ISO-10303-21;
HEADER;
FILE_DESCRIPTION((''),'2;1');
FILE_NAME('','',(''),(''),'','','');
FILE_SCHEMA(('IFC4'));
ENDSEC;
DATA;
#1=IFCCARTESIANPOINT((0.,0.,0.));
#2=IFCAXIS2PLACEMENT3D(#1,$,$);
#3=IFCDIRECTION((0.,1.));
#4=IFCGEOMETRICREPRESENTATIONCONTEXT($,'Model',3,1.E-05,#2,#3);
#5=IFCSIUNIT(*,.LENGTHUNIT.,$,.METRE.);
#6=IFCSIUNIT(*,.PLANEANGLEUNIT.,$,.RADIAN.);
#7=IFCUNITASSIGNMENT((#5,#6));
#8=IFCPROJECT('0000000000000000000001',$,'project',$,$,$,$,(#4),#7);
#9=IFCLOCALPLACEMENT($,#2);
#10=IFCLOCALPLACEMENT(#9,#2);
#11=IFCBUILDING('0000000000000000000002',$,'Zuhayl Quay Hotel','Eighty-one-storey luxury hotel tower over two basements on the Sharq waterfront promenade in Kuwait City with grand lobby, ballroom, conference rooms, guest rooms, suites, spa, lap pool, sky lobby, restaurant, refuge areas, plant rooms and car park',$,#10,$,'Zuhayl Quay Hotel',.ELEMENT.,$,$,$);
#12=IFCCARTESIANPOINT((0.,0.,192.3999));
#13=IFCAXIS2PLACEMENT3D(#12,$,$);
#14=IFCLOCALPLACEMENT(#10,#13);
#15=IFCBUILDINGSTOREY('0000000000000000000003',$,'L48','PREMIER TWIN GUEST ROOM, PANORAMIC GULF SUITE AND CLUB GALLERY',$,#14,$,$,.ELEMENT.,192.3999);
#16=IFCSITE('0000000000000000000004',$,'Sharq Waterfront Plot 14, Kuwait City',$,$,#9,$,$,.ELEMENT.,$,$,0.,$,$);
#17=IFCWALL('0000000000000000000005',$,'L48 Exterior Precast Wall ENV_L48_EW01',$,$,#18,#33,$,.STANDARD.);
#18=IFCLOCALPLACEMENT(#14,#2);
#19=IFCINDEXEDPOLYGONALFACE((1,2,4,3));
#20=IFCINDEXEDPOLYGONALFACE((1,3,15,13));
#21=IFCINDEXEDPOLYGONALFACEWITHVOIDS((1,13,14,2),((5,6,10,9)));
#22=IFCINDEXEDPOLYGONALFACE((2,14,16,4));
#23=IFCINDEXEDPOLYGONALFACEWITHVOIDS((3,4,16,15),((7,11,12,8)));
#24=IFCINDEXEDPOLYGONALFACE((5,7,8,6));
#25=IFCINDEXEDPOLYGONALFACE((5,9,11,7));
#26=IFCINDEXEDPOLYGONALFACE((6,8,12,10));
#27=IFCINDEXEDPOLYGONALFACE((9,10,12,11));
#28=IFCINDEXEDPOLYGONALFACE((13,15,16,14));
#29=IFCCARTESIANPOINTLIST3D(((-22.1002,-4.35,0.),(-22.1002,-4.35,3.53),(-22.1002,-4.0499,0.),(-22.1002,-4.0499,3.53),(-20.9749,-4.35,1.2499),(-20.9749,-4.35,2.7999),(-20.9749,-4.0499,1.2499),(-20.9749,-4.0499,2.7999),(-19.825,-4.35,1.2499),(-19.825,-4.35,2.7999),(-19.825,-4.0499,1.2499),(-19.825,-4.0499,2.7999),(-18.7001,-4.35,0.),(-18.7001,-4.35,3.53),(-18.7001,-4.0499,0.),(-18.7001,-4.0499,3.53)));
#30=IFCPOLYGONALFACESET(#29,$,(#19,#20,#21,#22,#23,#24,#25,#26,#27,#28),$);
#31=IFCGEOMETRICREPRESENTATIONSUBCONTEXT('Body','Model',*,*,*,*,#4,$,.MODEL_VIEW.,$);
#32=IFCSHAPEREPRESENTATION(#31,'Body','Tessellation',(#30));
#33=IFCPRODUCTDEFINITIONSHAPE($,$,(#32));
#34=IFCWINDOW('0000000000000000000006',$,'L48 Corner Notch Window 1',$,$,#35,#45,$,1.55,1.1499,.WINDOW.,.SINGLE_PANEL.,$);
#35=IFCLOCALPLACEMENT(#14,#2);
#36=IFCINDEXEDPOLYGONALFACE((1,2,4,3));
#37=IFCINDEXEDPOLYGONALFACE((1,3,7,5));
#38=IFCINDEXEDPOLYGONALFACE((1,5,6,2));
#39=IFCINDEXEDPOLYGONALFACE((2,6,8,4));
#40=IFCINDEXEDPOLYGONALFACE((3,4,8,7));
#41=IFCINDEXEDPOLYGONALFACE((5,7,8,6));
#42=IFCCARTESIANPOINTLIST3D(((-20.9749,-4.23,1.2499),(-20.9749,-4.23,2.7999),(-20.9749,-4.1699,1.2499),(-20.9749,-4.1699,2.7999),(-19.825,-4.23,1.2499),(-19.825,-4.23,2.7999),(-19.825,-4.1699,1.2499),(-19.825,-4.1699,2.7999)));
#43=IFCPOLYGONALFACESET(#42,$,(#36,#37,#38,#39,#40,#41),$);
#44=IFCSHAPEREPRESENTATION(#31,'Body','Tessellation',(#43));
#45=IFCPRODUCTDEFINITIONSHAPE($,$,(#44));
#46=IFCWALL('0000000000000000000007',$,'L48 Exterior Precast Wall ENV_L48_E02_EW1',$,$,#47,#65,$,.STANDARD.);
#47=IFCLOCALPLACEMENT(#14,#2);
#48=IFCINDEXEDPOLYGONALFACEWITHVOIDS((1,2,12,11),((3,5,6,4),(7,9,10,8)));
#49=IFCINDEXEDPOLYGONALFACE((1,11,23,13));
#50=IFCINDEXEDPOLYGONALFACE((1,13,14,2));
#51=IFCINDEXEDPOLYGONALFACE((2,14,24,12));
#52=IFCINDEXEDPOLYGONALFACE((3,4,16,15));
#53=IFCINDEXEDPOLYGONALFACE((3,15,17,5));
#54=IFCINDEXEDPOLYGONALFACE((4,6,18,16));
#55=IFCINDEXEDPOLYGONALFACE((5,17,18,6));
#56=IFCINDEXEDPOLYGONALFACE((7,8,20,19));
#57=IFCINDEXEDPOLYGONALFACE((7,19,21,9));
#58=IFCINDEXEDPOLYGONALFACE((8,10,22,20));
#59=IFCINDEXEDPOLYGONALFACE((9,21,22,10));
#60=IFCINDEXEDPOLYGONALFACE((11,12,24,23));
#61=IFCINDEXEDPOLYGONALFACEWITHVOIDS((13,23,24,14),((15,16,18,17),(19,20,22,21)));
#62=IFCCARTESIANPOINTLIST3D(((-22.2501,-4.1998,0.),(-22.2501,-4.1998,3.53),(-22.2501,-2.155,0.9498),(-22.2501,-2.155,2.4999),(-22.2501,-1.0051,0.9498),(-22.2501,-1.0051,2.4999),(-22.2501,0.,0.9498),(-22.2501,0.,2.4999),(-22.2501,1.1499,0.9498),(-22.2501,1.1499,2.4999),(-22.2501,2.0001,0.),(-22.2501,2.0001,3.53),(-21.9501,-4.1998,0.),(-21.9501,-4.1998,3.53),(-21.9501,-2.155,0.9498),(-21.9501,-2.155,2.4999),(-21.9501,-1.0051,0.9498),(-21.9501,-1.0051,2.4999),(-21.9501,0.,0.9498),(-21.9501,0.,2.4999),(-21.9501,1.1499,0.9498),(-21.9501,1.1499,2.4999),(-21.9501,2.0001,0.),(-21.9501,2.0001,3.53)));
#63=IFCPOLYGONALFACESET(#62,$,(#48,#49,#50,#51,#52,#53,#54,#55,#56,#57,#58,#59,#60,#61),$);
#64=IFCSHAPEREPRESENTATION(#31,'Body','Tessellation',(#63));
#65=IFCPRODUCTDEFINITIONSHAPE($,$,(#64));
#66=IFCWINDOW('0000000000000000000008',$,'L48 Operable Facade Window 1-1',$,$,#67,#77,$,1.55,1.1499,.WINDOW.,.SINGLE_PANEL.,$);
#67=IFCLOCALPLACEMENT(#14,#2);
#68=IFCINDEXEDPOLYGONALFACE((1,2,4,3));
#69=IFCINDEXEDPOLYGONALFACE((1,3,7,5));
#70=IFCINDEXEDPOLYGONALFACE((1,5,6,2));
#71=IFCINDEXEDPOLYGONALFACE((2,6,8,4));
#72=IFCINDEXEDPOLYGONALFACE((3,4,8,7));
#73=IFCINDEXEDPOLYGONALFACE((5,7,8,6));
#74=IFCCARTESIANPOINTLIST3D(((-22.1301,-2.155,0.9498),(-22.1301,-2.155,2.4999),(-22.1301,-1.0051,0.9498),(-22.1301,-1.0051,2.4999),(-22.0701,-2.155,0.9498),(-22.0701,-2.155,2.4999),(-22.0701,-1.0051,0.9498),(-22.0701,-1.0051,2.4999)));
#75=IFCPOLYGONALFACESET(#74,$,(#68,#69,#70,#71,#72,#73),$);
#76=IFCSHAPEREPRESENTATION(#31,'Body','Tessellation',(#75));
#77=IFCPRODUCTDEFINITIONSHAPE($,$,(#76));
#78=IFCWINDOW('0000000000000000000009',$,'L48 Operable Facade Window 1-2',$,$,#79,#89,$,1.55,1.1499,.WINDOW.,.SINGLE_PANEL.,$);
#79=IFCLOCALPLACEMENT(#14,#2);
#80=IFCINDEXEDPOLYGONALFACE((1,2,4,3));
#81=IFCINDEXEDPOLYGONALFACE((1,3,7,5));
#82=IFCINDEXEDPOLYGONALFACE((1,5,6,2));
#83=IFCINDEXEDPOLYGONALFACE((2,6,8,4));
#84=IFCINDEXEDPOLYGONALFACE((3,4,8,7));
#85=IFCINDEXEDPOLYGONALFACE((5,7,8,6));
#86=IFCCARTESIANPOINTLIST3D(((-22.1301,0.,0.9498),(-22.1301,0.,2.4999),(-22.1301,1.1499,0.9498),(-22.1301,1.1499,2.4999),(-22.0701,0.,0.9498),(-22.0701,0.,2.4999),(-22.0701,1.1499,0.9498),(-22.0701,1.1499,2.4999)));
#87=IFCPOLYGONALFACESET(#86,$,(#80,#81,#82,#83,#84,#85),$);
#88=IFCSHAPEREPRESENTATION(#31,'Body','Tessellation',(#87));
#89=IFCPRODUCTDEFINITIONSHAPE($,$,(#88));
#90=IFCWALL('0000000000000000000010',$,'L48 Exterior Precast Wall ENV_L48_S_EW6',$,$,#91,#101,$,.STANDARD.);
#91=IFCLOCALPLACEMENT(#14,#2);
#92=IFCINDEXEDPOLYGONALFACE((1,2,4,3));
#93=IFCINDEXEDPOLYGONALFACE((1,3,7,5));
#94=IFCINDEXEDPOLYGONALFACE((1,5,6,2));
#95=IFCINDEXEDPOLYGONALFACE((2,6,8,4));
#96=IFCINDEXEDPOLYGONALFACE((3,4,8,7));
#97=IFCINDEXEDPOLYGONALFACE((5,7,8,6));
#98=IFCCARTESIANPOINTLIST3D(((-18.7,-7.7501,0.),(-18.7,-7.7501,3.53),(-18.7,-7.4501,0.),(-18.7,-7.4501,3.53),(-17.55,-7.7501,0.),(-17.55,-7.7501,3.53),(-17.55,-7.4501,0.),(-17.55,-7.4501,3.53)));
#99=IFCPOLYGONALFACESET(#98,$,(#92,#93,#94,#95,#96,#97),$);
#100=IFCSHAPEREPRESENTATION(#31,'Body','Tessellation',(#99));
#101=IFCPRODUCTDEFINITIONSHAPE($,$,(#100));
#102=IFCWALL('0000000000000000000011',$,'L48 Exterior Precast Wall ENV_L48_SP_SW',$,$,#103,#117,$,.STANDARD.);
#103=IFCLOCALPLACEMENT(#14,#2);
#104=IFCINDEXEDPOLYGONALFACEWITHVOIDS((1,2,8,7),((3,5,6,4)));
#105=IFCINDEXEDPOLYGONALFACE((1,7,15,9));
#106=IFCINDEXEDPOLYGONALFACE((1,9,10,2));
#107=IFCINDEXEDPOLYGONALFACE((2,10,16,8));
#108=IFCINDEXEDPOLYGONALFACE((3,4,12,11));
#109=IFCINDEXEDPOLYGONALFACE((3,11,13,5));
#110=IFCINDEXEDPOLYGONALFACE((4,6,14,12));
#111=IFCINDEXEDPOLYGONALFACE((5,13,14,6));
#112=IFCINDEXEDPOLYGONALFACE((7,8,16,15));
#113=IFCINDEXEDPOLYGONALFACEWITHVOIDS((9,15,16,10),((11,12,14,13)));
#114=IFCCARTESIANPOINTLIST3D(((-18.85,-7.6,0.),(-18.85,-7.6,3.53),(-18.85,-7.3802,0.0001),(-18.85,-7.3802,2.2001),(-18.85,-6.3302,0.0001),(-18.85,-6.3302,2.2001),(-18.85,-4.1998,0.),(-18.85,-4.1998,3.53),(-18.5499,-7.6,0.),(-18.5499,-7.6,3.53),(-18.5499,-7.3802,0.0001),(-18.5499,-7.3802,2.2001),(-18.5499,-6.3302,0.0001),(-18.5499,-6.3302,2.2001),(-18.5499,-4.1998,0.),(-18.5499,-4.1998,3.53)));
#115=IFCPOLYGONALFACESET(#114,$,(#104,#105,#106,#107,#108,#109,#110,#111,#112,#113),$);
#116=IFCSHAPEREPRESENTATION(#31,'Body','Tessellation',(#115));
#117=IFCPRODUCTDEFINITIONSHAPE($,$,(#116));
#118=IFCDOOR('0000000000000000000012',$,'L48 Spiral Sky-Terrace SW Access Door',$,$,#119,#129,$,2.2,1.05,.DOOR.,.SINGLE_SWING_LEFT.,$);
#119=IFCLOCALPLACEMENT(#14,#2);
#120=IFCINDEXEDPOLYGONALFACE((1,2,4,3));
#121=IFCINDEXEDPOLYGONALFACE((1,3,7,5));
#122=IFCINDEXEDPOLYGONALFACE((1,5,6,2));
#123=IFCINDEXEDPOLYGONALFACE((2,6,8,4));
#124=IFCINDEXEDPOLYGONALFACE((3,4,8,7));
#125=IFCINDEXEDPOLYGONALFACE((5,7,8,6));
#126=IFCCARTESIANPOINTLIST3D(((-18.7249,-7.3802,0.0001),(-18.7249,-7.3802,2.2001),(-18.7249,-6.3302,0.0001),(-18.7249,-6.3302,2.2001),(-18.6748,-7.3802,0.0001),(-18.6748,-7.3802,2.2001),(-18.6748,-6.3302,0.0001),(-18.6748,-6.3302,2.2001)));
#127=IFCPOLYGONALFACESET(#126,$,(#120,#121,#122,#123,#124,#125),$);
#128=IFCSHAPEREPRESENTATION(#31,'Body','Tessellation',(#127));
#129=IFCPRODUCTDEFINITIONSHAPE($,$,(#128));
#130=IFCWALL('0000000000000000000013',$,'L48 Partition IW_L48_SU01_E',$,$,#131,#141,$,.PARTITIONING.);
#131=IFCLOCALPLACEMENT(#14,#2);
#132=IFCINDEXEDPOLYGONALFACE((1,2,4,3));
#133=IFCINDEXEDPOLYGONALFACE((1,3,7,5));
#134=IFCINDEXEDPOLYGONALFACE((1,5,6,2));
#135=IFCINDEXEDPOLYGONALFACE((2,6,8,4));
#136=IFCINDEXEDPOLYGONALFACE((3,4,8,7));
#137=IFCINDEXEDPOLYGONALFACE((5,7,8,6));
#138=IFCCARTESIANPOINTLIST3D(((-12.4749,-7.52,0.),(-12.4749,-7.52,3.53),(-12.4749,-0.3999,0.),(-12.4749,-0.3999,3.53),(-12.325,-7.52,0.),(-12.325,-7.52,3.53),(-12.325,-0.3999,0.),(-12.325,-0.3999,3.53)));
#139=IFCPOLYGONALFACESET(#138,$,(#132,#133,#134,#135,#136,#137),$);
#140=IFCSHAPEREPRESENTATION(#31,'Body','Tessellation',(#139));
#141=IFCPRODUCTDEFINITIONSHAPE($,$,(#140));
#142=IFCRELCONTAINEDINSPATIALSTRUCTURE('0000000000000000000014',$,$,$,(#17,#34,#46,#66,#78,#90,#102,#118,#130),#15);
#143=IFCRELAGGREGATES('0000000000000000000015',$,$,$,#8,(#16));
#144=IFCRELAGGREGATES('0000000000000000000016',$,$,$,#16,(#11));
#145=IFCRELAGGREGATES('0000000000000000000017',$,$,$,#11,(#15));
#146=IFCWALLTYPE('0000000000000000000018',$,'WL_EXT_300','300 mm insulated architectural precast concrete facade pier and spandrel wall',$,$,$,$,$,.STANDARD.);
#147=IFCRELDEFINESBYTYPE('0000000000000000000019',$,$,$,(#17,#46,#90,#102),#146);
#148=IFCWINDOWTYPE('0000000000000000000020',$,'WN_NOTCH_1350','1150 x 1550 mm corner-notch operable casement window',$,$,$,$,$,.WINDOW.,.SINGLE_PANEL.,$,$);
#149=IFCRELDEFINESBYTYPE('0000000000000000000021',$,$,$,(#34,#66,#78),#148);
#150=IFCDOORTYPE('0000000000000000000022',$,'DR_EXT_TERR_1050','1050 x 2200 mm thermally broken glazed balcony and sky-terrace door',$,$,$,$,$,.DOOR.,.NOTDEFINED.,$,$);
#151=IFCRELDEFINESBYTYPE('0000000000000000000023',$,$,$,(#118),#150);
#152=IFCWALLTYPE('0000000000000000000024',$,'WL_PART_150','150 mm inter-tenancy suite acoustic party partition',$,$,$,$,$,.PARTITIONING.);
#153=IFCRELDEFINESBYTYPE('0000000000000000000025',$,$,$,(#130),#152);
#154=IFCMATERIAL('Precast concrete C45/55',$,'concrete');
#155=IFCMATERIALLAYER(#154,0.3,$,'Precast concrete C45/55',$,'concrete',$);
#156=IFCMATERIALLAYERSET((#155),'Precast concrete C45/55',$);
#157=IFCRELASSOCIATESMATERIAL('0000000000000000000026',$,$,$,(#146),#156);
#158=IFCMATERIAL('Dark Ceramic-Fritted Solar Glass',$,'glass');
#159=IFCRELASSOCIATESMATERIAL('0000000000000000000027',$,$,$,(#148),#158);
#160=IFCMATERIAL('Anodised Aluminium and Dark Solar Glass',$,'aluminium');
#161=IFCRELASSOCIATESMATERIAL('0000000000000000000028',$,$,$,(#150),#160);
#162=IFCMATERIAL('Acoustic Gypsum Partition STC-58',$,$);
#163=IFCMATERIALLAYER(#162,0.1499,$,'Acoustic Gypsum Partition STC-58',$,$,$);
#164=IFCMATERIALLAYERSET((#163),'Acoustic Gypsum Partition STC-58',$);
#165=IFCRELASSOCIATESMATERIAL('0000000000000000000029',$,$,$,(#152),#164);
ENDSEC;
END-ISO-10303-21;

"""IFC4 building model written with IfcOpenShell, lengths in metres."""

from ifc_helpers import new_model, si_unit, direction, frame, frame_2d, origin, place, context, subcontext, project, spatial, rectangle, extrude, material, layer, layer_set, type_object, element, fill, save


model = new_model("IFC4")

# Units and contexts
model_context = context("Model", 3, precision=1e-05, world=origin(), true_north=direction((0.0, 1.0)))
body_context = subcontext(model_context, "Body", "Model", "MODEL_VIEW")
ifc_project = project(units=[si_unit("LENGTHUNIT", "METRE"), si_unit("PLANEANGLEUNIT", "RADIAN")], contexts=[model_context])

# Site, building, storey
site_placement = place(None, origin())
site = spatial("IfcSite", under=ifc_project, at=site_placement, Name="Sharq Waterfront Plot 14, Kuwait City", CompositionType="ELEMENT", RefElevation=0.0)
building_placement = place(site_placement, origin())
building = spatial("IfcBuilding", under=site, at=building_placement, Name="Zuhayl Quay Hotel", Description="Eighty-one-storey luxury hotel tower over two basements on the Sharq waterfront promenade in Kuwait City with grand lobby, ballroom, conference rooms, guest rooms, suites, spa, lap pool, sky lobby, restaurant, refuge areas, plant rooms and car park", LongName="Zuhayl Quay Hotel", CompositionType="ELEMENT")
storey_placement = place(building_placement, frame((0.0, 0.0, 192.3999)))
storey = spatial("IfcBuildingStorey", under=building, at=storey_placement, Name="L48", Description="PREMIER TWIN GUEST ROOM, PANORAMIC GULF SUITE AND CLUB GALLERY", CompositionType="ELEMENT", Elevation=192.3999)

# Shared definitions
ifc_material_1 = material(Name="Dark Ceramic-Fritted Solar Glass", Category="glass")

# Wall, opening, window
ifc_material_2 = material(Name="Precast concrete C45/55", Category="concrete")
ifc_layer_1 = layer(ifc_material_2, 0.3, Name="Precast concrete C45/55", Category="concrete")
ifc_layer_set_1 = layer_set([ifc_layer_1], Name="Precast concrete C45/55")
wall_type_1 = type_object("IfcWallType", Name="WL_EXT_300", Description="300 mm insulated architectural precast concrete facade pier and spandrel wall", PredefinedType="STANDARD", material=ifc_layer_set_1)
wall_1_placement = place(storey_placement, frame((-18.7, -4.2, 0.0), z_axis=(0.0, 0.0, 1.0), x_axis=(-1.0, 0.0, 0.0)))
wall_1 = element("IfcWall", 1, at=wall_1_placement, inside=storey, type_object=wall_type_1, Name="L48 Exterior Precast Wall ENV_L48_EW01", PredefinedType="STANDARD", context=body_context, shape_type="SweptSolid", body=[
    extrude(rectangle(XDim=3.4001, YDim=0.3, at=frame_2d((1.7002, 0.0))), origin(), (0.0, 0.0, 1.0), 3.53),
])
opening_1_placement = place(wall_1_placement, frame((1.125, 0.0, 1.25)))
opening_1 = element("IfcOpeningElement", 2, at=opening_1_placement, cuts=wall_1, PredefinedType="OPENING", context=body_context, shape_type="SweptSolid", body=[
    extrude(rectangle(XDim=1.1499, YDim=1.55, at=frame_2d((0.575, 0.7749))), frame((0.0, 0.1599, 0.0), z_axis=(0.0, -1.0, 0.0), x_axis=(1.0, 0.0, 0.0)), (0.0, 0.0, 1.0), 0.3201),
])
window_type = type_object("IfcWindowType", Name="WN_NOTCH_1350", Description="1150 x 1550 mm corner-notch operable casement window", PartitioningType="SINGLE_PANEL", PredefinedType="WINDOW", material=ifc_material_1)
window_1_placement = place(opening_1_placement, origin())
window_1 = element("IfcWindow", 3, at=window_1_placement, inside=storey, type_object=window_type, Name="L48 Corner Notch Window 1", OverallHeight=1.55, OverallWidth=1.1499, PartitioningType="SINGLE_PANEL", PredefinedType="WINDOW", context=body_context, shape_type="SweptSolid", body=[
    extrude(rectangle(XDim=1.1499, YDim=1.55, at=frame_2d((0.575, 0.7749))), frame((0.0, 0.03, 0.0), z_axis=(0.0, -1.0, 0.0), x_axis=(1.0, 0.0, 0.0)), (0.0, 0.0, 1.0), 0.0601),
])
fill(opening_1, window_1)

# Wall, openings, windows
wall_2_placement = place(storey_placement, frame((-22.1001, -4.2, 0.0), z_axis=(0.0, 0.0, 1.0), x_axis=(0.0, 1.0, 0.0)))
wall_2 = element("IfcWall", 4, at=wall_2_placement, inside=storey, type_object=wall_type_1, Name="L48 Exterior Precast Wall ENV_L48_E02_EW1", PredefinedType="STANDARD", context=body_context, shape_type="SweptSolid", body=[
    extrude(rectangle(XDim=6.2, YDim=0.3, at=frame_2d((3.1001, 0.0))), origin(), (0.0, 0.0, 1.0), 3.53),
])
opening_2_placement = place(wall_2_placement, frame((2.0449, 0.0, 0.95)))
opening_2 = element("IfcOpeningElement", 5, at=opening_2_placement, cuts=wall_2, PredefinedType="OPENING", context=body_context, shape_type="SweptSolid", body=[
    extrude(rectangle(XDim=1.1499, YDim=1.55, at=frame_2d((0.575, 0.7749))), frame((0.0, 0.1599, 0.0), z_axis=(0.0, -1.0, 0.0), x_axis=(1.0, 0.0, 0.0)), (0.0, 0.0, 1.0), 0.3201),
])
opening_3_placement = place(wall_2_placement, frame((4.2, 0.0, 0.95)))
opening_3 = element("IfcOpeningElement", 6, at=opening_3_placement, cuts=wall_2, PredefinedType="OPENING", context=body_context, shape_type="SweptSolid", body=[
    extrude(rectangle(XDim=1.1499, YDim=1.55, at=frame_2d((0.575, 0.7749))), frame((0.0, 0.1599, 0.0), z_axis=(0.0, -1.0, 0.0), x_axis=(1.0, 0.0, 0.0)), (0.0, 0.0, 1.0), 0.3201),
])
window_2_placement = place(opening_2_placement, origin())
window_2 = element("IfcWindow", 7, at=window_2_placement, inside=storey, type_object=window_type, Name="L48 Operable Facade Window 1-1", OverallHeight=1.55, OverallWidth=1.1499, PartitioningType="SINGLE_PANEL", PredefinedType="WINDOW", context=body_context, shape_type="SweptSolid", body=[
    extrude(rectangle(XDim=1.1499, YDim=1.55, at=frame_2d((0.575, 0.7749))), frame((0.0, 0.03, 0.0), z_axis=(0.0, -1.0, 0.0), x_axis=(1.0, 0.0, 0.0)), (0.0, 0.0, 1.0), 0.0601),
])
fill(opening_2, window_2)
window_3_placement = place(opening_3_placement, origin())
window_3 = element("IfcWindow", 8, at=window_3_placement, inside=storey, type_object=window_type, Name="L48 Operable Facade Window 1-2", OverallHeight=1.55, OverallWidth=1.1499, PartitioningType="SINGLE_PANEL", PredefinedType="WINDOW", context=body_context, shape_type="SweptSolid", body=[
    extrude(rectangle(XDim=1.1499, YDim=1.55, at=frame_2d((0.575, 0.7749))), frame((0.0, 0.03, 0.0), z_axis=(0.0, -1.0, 0.0), x_axis=(1.0, 0.0, 0.0)), (0.0, 0.0, 1.0), 0.0601),
])
fill(opening_3, window_3)

# Wall
wall_3_placement = place(storey_placement, frame((-17.55, -7.6001, 0.0), z_axis=(0.0, 0.0, 1.0), x_axis=(-1.0, 0.0, 0.0)))
element("IfcWall", 9, at=wall_3_placement, inside=storey, type_object=wall_type_1, Name="L48 Exterior Precast Wall ENV_L48_S_EW6", PredefinedType="STANDARD", context=body_context, shape_type="SweptSolid", body=[
    extrude(rectangle(XDim=1.1499, YDim=0.3, at=frame_2d((0.575, 0.0))), origin(), (0.0, 0.0, 1.0), 3.53),
])

# Wall, opening, door
wall_4_placement = place(storey_placement, frame((-18.7, -7.6001, 0.0), z_axis=(0.0, 0.0, 1.0), x_axis=(0.0, 1.0, 0.0)))
wall_4 = element("IfcWall", 10, at=wall_4_placement, inside=storey, type_object=wall_type_1, Name="L48 Exterior Precast Wall ENV_L48_SP_SW", PredefinedType="STANDARD", context=body_context, shape_type="SweptSolid", body=[
    extrude(rectangle(XDim=3.4001, YDim=0.3, at=frame_2d((1.7002, 0.0))), origin(), (0.0, 0.0, 1.0), 3.53),
])
opening_4_placement = place(wall_4_placement, frame((0.22, 0.0, 0.0)))
opening_4 = element("IfcOpeningElement", 11, at=opening_4_placement, cuts=wall_4, PredefinedType="OPENING", context=body_context, shape_type="SweptSolid", body=[
    extrude(rectangle(XDim=1.05, YDim=2.2, at=frame_2d((0.5249, 1.1001))), frame((0.0, 0.1599, 0.0), z_axis=(0.0, -1.0, 0.0), x_axis=(1.0, 0.0, 0.0)), (0.0, 0.0, 1.0), 0.3201),
])
ifc_material_3 = material(Name="Anodised Aluminium and Dark Solar Glass", Category="aluminium")
door_type_1 = type_object("IfcDoorType", Name="DR_EXT_TERR_1050", Description="1050 x 2200 mm thermally broken glazed balcony and sky-terrace door", OperationType="NOTDEFINED", PredefinedType="DOOR", material=ifc_material_3)
door_1_placement = place(opening_4_placement, origin())
door_1 = element("IfcDoor", 12, at=door_1_placement, inside=storey, type_object=door_type_1, Name="L48 Spiral Sky-Terrace SW Access Door", OperationType="SINGLE_SWING_LEFT", OverallHeight=2.2, OverallWidth=1.05, PredefinedType="DOOR", context=body_context, shape_type="SweptSolid", body=[
    extrude(rectangle(XDim=1.05, YDim=2.2, at=frame_2d((0.5249, 1.1001))), frame((0.0, 0.0249, 0.0), z_axis=(0.0, -1.0, 0.0), x_axis=(1.0, 0.0, 0.0)), (0.0, 0.0, 1.0), 0.05),
])
fill(opening_4, door_1)

# Wall
ifc_material_4 = material(Name="Acoustic Gypsum Partition STC-58")
ifc_layer_2 = layer(ifc_material_4, 0.1499, Name="Acoustic Gypsum Partition STC-58")
ifc_layer_set_2 = layer_set([ifc_layer_2], Name="Acoustic Gypsum Partition STC-58")
wall_type_2 = type_object("IfcWallType", Name="WL_PART_150", Description="150 mm inter-tenancy suite acoustic party partition", PredefinedType="PARTITIONING", material=ifc_layer_set_2)
wall_5_placement = place(storey_placement, frame((-12.3999, -7.52, 0.0), z_axis=(0.0, 0.0, 1.0), x_axis=(0.0, 1.0, 0.0)))
element("IfcWall", 13, at=wall_5_placement, inside=storey, type_object=wall_type_2, Name="L48 Partition IW_L48_SU01_E", PredefinedType="PARTITIONING", context=body_context, shape_type="SweptSolid", body=[
    extrude(rectangle(XDim=7.1201, YDim=0.1499, at=frame_2d((3.5601, 0.0))), origin(), (0.0, 0.0, 1.0), 3.53),
])

save(model, "model.ifc")
